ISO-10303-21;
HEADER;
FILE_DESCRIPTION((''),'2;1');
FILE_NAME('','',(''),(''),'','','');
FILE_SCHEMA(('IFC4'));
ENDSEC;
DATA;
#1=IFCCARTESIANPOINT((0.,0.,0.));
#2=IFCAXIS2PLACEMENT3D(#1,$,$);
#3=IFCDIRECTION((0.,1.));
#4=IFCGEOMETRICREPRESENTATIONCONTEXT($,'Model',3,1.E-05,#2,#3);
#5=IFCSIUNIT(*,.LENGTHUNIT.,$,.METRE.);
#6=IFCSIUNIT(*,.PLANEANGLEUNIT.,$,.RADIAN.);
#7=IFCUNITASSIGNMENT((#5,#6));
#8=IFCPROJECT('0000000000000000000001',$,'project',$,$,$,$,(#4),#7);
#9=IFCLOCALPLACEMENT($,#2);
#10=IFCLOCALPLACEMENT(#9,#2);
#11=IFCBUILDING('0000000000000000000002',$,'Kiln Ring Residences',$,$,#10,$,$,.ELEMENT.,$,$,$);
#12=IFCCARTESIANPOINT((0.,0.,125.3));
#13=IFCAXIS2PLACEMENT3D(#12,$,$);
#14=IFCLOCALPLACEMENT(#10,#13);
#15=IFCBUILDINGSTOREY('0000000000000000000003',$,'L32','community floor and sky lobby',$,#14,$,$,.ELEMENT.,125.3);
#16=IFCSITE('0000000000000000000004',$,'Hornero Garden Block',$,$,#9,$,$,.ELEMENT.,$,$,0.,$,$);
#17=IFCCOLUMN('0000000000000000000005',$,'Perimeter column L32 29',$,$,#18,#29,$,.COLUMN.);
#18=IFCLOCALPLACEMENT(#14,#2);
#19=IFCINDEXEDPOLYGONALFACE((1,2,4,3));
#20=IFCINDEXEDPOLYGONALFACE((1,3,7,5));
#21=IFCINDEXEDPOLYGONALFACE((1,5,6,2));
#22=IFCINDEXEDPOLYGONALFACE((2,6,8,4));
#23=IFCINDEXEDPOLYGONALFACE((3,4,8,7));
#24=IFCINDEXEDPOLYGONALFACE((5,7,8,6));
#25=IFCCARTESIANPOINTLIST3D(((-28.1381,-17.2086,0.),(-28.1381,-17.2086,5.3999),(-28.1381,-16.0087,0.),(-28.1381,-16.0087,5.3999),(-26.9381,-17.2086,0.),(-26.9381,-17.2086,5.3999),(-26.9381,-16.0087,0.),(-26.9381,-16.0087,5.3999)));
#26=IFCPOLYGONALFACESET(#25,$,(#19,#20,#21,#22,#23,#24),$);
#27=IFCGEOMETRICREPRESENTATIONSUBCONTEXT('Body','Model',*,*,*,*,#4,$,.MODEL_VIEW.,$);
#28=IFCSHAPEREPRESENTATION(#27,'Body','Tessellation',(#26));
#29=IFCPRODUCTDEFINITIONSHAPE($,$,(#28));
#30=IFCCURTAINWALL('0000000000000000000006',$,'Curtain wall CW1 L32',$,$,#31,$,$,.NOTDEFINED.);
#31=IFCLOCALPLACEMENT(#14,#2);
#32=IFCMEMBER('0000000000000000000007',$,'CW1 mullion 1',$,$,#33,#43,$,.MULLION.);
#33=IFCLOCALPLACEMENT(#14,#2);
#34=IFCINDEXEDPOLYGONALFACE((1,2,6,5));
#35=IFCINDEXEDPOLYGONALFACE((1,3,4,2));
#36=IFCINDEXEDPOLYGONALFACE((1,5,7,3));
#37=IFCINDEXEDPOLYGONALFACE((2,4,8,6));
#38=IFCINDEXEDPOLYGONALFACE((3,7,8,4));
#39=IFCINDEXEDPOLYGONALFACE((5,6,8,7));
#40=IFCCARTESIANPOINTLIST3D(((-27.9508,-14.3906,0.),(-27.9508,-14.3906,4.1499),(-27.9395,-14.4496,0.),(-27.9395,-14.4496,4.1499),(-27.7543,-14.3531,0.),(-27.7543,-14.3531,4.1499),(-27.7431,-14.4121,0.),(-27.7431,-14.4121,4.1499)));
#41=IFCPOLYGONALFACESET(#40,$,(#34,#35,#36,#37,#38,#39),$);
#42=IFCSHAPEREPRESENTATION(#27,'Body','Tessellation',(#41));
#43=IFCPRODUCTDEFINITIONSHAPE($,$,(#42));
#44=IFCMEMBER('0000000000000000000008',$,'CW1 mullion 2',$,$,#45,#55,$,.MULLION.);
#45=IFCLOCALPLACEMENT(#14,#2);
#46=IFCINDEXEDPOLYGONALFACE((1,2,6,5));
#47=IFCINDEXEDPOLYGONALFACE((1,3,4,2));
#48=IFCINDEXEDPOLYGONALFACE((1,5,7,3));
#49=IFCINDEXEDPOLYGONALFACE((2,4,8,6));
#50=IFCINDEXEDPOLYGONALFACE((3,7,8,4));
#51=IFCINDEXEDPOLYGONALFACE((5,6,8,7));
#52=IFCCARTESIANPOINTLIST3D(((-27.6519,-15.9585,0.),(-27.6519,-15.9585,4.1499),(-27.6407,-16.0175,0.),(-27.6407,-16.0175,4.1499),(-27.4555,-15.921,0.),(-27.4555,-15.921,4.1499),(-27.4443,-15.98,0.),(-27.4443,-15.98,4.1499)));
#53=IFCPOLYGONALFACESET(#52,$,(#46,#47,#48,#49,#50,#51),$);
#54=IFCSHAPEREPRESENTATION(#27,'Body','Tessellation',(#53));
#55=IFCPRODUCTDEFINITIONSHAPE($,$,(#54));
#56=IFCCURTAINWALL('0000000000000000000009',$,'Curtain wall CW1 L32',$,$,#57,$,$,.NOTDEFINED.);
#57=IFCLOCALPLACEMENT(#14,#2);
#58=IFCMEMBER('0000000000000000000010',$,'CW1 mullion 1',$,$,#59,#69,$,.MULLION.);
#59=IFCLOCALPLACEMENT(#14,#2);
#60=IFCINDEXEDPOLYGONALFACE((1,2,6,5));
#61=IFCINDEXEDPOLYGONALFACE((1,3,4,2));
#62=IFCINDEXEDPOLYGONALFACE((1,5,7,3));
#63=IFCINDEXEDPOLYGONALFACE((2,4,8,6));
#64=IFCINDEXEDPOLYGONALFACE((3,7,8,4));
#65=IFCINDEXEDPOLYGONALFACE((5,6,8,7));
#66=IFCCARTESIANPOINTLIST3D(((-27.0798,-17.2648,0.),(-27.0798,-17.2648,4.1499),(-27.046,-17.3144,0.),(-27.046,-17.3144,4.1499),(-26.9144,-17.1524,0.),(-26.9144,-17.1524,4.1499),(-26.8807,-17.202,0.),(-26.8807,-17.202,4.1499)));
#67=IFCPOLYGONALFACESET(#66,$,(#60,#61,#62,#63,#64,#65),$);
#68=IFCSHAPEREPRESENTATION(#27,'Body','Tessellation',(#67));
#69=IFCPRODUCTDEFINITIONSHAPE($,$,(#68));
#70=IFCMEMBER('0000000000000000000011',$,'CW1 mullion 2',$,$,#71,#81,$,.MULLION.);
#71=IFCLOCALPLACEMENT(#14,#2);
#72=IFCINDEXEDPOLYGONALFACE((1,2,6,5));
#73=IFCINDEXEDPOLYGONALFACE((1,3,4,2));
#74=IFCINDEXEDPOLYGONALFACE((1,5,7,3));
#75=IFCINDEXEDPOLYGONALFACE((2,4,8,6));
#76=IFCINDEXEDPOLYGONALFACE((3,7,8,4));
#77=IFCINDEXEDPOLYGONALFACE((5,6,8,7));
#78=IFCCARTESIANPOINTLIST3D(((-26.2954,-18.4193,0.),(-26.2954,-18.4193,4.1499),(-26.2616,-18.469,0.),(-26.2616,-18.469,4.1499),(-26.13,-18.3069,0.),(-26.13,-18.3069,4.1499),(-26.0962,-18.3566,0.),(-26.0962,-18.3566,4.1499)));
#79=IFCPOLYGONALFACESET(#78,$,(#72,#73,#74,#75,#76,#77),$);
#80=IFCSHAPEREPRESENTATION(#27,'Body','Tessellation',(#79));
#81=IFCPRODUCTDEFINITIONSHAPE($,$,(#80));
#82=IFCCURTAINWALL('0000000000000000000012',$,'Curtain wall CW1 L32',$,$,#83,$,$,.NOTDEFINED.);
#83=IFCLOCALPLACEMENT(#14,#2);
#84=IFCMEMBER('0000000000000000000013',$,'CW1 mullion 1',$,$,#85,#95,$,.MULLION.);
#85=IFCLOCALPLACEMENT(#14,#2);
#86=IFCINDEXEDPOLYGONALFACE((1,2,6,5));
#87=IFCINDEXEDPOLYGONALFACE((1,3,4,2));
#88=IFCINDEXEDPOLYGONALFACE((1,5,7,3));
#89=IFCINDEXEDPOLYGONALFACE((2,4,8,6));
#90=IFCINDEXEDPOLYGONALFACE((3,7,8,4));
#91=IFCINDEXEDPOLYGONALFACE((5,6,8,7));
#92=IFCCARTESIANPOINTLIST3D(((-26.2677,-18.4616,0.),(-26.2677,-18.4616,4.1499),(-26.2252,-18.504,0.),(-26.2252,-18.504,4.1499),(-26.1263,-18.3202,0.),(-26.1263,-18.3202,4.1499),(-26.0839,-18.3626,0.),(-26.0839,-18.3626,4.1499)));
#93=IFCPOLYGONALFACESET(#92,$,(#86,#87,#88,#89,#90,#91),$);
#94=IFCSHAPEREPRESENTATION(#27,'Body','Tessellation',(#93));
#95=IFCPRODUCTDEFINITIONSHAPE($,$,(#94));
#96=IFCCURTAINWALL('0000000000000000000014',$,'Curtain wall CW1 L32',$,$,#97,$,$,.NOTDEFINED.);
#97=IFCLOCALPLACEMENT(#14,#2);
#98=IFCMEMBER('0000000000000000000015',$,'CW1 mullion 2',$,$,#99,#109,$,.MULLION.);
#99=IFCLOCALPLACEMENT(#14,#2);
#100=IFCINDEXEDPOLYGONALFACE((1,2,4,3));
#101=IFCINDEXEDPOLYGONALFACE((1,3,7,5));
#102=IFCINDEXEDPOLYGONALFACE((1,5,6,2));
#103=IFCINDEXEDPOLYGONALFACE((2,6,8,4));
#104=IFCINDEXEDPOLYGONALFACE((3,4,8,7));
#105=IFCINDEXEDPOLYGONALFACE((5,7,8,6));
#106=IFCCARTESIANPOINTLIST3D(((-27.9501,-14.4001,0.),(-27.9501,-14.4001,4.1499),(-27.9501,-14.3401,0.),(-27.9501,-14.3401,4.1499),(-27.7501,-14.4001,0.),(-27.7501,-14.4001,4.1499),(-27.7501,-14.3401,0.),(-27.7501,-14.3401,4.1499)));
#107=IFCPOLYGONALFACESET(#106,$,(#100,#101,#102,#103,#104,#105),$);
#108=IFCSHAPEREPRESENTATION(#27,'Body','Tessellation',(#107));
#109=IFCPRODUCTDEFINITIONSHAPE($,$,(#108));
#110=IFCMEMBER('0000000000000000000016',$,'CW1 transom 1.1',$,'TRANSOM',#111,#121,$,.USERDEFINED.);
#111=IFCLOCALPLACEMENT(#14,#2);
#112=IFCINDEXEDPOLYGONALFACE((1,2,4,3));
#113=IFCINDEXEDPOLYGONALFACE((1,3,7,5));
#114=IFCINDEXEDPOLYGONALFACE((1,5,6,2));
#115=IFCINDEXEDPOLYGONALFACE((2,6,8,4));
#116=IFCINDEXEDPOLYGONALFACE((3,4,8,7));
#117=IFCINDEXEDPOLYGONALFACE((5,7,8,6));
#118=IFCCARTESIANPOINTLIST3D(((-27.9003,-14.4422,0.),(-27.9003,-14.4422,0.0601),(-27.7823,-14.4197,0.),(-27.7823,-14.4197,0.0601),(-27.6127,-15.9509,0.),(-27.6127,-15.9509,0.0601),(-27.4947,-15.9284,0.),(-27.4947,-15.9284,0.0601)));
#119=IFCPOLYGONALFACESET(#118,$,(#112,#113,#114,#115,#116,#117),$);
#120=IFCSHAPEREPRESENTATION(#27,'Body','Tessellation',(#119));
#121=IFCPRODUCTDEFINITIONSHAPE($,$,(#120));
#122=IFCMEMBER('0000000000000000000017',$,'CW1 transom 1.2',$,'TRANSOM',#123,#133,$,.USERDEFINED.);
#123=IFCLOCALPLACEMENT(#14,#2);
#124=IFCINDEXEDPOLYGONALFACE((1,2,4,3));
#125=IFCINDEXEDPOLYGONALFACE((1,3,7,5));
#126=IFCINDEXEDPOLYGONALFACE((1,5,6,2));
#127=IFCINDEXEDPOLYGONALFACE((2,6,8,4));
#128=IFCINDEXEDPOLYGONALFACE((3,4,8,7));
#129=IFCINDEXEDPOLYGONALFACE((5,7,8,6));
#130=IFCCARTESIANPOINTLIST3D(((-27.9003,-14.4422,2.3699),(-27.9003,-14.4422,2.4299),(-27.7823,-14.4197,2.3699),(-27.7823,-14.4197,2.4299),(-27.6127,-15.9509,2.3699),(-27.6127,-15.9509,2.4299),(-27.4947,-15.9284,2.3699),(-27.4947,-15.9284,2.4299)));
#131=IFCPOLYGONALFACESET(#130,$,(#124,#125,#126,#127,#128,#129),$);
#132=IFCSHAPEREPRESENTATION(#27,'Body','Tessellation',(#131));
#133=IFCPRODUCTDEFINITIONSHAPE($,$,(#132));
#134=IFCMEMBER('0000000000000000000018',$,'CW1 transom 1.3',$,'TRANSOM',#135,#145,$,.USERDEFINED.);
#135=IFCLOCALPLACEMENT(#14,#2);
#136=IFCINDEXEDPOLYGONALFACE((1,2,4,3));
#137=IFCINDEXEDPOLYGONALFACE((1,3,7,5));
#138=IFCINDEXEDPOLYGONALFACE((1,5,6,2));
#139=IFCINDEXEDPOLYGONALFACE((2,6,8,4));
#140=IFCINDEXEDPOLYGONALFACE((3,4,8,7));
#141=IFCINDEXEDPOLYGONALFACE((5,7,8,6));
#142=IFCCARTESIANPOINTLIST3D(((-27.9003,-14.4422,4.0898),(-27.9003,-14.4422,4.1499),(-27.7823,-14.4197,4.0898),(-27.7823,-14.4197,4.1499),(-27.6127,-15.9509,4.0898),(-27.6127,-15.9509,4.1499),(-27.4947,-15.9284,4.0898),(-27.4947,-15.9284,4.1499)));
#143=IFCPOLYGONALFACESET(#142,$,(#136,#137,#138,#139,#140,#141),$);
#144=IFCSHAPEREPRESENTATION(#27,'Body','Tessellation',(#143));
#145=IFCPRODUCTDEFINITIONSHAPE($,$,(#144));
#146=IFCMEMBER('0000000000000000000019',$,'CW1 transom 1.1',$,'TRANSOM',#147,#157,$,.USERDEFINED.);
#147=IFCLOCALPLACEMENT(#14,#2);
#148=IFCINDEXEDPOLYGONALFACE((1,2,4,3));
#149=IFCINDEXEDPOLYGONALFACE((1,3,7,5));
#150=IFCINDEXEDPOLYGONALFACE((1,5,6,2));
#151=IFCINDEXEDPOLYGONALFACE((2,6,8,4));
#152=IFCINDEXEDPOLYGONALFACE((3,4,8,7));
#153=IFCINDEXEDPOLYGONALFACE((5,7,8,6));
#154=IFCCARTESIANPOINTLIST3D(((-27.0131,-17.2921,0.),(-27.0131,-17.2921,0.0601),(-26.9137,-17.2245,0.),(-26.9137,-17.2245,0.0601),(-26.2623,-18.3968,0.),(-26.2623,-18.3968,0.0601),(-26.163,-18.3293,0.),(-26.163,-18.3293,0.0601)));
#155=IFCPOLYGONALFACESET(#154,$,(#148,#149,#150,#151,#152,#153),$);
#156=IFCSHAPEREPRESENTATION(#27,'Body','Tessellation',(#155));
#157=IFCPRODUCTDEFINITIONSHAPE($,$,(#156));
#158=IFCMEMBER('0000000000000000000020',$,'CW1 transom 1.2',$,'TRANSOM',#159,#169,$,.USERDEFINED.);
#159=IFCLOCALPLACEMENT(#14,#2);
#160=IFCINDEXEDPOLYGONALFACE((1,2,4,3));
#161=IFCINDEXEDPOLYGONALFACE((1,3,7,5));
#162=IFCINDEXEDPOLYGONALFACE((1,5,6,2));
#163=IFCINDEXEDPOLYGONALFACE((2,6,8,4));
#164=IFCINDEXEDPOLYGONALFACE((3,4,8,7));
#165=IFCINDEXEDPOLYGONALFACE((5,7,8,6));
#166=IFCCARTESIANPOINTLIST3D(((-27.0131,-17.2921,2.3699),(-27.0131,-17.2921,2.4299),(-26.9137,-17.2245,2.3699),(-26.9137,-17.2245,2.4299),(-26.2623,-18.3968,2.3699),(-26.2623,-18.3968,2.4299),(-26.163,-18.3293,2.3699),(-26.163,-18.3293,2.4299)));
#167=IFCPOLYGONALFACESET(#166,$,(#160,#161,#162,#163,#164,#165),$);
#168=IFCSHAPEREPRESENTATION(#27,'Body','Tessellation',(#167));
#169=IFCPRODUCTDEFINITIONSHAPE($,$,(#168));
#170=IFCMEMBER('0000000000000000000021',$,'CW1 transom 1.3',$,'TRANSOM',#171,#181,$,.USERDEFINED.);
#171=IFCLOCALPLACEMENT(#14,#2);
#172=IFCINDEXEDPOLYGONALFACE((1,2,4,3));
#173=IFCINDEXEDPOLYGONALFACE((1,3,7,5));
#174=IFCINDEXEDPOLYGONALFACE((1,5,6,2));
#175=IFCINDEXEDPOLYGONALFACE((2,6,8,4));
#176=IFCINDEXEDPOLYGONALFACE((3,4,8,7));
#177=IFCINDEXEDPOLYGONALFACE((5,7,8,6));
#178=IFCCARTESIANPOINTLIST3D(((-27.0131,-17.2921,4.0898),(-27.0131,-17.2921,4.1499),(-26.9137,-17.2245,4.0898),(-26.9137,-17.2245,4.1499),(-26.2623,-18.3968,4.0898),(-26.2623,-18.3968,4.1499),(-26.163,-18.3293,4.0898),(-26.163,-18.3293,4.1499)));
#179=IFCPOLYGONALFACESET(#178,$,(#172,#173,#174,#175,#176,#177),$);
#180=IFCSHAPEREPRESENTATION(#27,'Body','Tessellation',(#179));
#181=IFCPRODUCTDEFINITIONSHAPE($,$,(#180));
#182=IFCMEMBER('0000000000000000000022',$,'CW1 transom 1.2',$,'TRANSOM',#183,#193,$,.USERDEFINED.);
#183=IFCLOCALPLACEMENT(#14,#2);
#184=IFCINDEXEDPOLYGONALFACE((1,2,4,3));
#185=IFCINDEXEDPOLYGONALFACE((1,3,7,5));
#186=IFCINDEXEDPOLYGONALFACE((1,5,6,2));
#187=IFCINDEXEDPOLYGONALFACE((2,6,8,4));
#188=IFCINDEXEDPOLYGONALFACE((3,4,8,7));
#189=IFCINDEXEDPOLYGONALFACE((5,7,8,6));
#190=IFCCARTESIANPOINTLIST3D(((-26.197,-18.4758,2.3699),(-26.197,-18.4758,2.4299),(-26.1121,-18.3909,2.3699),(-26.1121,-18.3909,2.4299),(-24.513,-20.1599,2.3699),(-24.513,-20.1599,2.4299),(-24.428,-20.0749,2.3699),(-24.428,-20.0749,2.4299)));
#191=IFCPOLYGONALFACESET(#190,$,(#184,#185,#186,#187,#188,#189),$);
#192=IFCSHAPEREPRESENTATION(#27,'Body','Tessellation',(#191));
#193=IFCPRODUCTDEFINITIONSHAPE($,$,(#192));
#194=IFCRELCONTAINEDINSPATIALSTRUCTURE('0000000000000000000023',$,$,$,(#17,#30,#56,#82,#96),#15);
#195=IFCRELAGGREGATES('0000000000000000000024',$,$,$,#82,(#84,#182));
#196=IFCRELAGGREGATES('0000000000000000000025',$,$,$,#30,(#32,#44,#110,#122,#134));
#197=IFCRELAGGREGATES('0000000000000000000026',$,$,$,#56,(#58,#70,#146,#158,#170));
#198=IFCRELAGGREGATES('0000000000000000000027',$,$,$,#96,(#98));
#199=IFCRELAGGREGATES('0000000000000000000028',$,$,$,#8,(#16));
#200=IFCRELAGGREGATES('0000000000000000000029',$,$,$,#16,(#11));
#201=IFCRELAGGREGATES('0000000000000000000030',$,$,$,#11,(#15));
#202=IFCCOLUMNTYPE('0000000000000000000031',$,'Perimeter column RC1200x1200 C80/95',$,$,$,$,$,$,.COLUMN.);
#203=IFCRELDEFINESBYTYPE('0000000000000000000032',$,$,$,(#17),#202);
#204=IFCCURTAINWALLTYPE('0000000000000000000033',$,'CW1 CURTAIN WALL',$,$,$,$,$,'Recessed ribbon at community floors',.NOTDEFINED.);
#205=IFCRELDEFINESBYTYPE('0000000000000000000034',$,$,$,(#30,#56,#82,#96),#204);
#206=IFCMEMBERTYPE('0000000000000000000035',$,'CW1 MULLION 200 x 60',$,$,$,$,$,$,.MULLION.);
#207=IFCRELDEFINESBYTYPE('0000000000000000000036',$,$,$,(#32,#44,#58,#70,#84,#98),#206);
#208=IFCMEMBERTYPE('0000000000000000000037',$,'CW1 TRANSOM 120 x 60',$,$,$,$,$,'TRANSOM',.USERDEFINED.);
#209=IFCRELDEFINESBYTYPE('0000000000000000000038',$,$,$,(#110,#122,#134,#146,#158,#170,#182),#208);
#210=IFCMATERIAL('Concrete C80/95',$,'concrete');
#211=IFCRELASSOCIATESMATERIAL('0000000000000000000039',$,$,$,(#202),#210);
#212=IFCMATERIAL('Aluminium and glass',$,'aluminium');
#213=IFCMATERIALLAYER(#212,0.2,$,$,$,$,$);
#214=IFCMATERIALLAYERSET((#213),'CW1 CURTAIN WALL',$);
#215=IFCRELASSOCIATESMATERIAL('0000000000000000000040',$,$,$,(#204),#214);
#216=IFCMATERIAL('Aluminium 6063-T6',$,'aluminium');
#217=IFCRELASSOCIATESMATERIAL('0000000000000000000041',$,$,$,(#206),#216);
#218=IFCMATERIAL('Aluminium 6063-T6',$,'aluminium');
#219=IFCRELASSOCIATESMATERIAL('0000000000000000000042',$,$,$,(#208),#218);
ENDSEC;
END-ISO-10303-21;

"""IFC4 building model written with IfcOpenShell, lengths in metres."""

from ifc_helpers import new_model, si_unit, direction, frame, origin, origin_2d, place, context, subcontext, project, spatial, rectangle, extrude, material, layer, layer_set, material_profile, profile_set, type_object, element, aggregate, save


model = new_model("IFC4")

# Units and contexts
model_context = context("Model", 3, precision=1e-05, world=origin(), true_north=direction((0.0, 1.0)))
body_context = subcontext(model_context, "Body", "Model", "MODEL_VIEW")
ifc_project = project(units=[si_unit("LENGTHUNIT", "METRE"), si_unit("PLANEANGLEUNIT", "RADIAN")], contexts=[model_context])

# Site, building, storey
site_placement = place(None, origin())
site = spatial("IfcSite", under=ifc_project, at=site_placement, Name="Hornero Garden Block", CompositionType="ELEMENT", RefElevation=0.0)
building_placement = place(site_placement, origin())
building = spatial("IfcBuilding", under=site, at=building_placement, Name="Kiln Ring Residences", CompositionType="ELEMENT")
storey_placement = place(building_placement, frame((0.0, 0.0, 125.3)))
storey = spatial("IfcBuildingStorey", under=building, at=storey_placement, Name="L32", Description="community floor and sky lobby", CompositionType="ELEMENT", Elevation=125.3)

# Column
ifc_material_1 = material(Name="Concrete C80/95", Category="concrete")
ifc_material_profile_1 = material_profile(ifc_material_1, rectangle(XDim=1.2, YDim=1.2, at=origin_2d()), Name="RC1200x1200")
ifc_profile_set_1 = profile_set([ifc_material_profile_1], Name="Concrete C80/95")
column_type = type_object("IfcColumnType", Name="Perimeter column RC1200x1200 C80/95", PredefinedType="COLUMN", material=ifc_profile_set_1)
column_placement = place(storey_placement, frame((-27.5381, -16.6086, 0.0), z_axis=(0.0, 0.0, 1.0), x_axis=(1.0, 0.0, 0.0)))
element("IfcColumn", 1, at=column_placement, inside=storey, type_object=column_type, Name="Perimeter column L32 29", PredefinedType="COLUMN", context=body_context, shape_type="SweptSolid", body=[
    extrude(rectangle(XDim=1.2, YDim=1.2, at=origin_2d()), origin(), (0.0, 0.0, 1.0), 5.3999),
])

# Curtain walls, members
ifc_material_2 = material(Name="Aluminium and glass", Category="aluminium")
ifc_layer_1 = layer(ifc_material_2, 0.2)
ifc_layer_set_1 = layer_set([ifc_layer_1], Name="CW1 CURTAIN WALL")
curtain_wall_type = type_object("IfcCurtainWallType", Name="CW1 CURTAIN WALL", ElementType="Recessed ribbon at community floors", PredefinedType="NOTDEFINED", material=ifc_layer_set_1)
placement = place(storey_placement, origin())
curtain_wall_1 = element("IfcCurtainWall", 2, at=placement, inside=storey, type_object=curtain_wall_type, Name="Curtain wall CW1 L32", PredefinedType="NOTDEFINED")
ifc_material_3 = material(Name="Aluminium 6063-T6", Category="aluminium")
ifc_material_profile_2 = material_profile(ifc_material_3, rectangle(XDim=0.2, YDim=0.0601, at=origin_2d()), Name="AL 200x60")
ifc_profile_set_2 = profile_set([ifc_material_profile_2], Name="Aluminium 6063-T6")
member_type_1 = type_object("IfcMemberType", Name="CW1 MULLION 200 x 60", PredefinedType="MULLION", material=ifc_profile_set_2)
member_1_placement = place(storey_placement, frame((-27.8469, -14.4014, 0.0), z_axis=(0.0, 0.0, 1.0), x_axis=(0.98229, 0.187366, 0.0)))
member_1 = element("IfcMember", 3, at=member_1_placement, type_object=member_type_1, Name="CW1 mullion 1", PredefinedType="MULLION", context=body_context, shape_type="SweptSolid", body=[
    extrude(rectangle(XDim=0.2, YDim=0.0601, at=origin_2d()), origin(), (0.0, 0.0, 1.0), 4.1499),
])
member_2_placement = place(storey_placement, frame((-27.5481, -15.9692, 0.0), z_axis=(0.0, 0.0, 1.0), x_axis=(0.98229, 0.187366, 0.0)))
member_2 = element("IfcMember", 4, at=member_2_placement, type_object=member_type_1, Name="CW1 mullion 2", PredefinedType="MULLION", context=body_context, shape_type="SweptSolid", body=[
    extrude(rectangle(XDim=0.2, YDim=0.0601, at=origin_2d()), origin(), (0.0, 0.0, 1.0), 4.1499),
])
curtain_wall_2 = element("IfcCurtainWall", 5, at=placement, inside=storey, type_object=curtain_wall_type, Name="Curtain wall CW1 L32", PredefinedType="NOTDEFINED")
member_3_placement = place(storey_placement, frame((-26.9802, -17.2334, 0.0), z_axis=(0.0, 0.0, 1.0), x_axis=(0.827072, 0.562097, 0.0)))
member_3 = element("IfcMember", 6, at=member_3_placement, type_object=member_type_1, Name="CW1 mullion 1", PredefinedType="MULLION", context=body_context, shape_type="SweptSolid", body=[
    extrude(rectangle(XDim=0.2, YDim=0.0601, at=origin_2d()), origin(), (0.0, 0.0, 1.0), 4.1499),
])
member_4_placement = place(storey_placement, frame((-26.1958, -18.3879, 0.0), z_axis=(0.0, 0.0, 1.0), x_axis=(0.827072, 0.562097, 0.0)))
member_4 = element("IfcMember", 7, at=member_4_placement, type_object=member_type_1, Name="CW1 mullion 2", PredefinedType="MULLION", context=body_context, shape_type="SweptSolid", body=[
    extrude(rectangle(XDim=0.2, YDim=0.0601, at=origin_2d()), origin(), (0.0, 0.0, 1.0), 4.1499),
])

# Curtain walls, members
curtain_wall_3 = element("IfcCurtainWall", 8, at=placement, inside=storey, type_object=curtain_wall_type, Name="Curtain wall CW1 L32", PredefinedType="NOTDEFINED")
member_5_placement = place(storey_placement, frame((-26.1758, -18.4121, 0.0), z_axis=(0.0, 0.0, 1.0), x_axis=(0.707107, 0.707107, 0.0)))
member_5 = element("IfcMember", 9, at=member_5_placement, type_object=member_type_1, Name="CW1 mullion 1", PredefinedType="MULLION", context=body_context, shape_type="SweptSolid", body=[
    extrude(rectangle(XDim=0.2, YDim=0.0601, at=origin_2d()), origin(), (0.0, 0.0, 1.0), 4.1499),
])
curtain_wall_4 = element("IfcCurtainWall", 10, at=placement, inside=storey, type_object=curtain_wall_type, Name="Curtain wall CW1 L32", PredefinedType="NOTDEFINED")
member_6_placement = place(storey_placement, frame((-27.8501, -14.3701, 0.0), z_axis=(0.0, 0.0, 1.0), x_axis=(1.0, 0.0, 0.0)))
member_6 = element("IfcMember", 11, at=member_6_placement, type_object=member_type_1, Name="CW1 mullion 2", PredefinedType="MULLION", context=body_context, shape_type="SweptSolid", body=[
    extrude(rectangle(XDim=0.2, YDim=0.0601, at=origin_2d()), origin(), (0.0, 0.0, 1.0), 4.1499),
])

# Members
ifc_material_4 = material(Name="Aluminium 6063-T6", Category="aluminium")
ifc_material_profile_3 = material_profile(ifc_material_4, rectangle(XDim=0.1201, YDim=0.0601, at=origin_2d()), Name="AL 120x60")
ifc_profile_set_3 = profile_set([ifc_material_profile_3], Name="Aluminium 6063-T6")
member_type_2 = type_object("IfcMemberType", Name="CW1 TRANSOM 120 x 60", ElementType="TRANSOM", PredefinedType="USERDEFINED", material=ifc_profile_set_3)
member_7_placement = place(storey_placement, frame((-27.8413, -14.4309, 0.03), z_axis=(0.187244, -0.982314, 0.0), x_axis=(0.982314, 0.187244, 0.0)))
member_7 = element("IfcMember", 12, at=member_7_placement, type_object=member_type_2, Name="CW1 transom 1.1", ObjectType="TRANSOM", PredefinedType="USERDEFINED", context=body_context, shape_type="SweptSolid", body=[
    extrude(rectangle(XDim=0.1201, YDim=0.0601, at=origin_2d()), origin(), (0.0, 0.0, 1.0), 1.5359),
])
member_8_placement = place(storey_placement, frame((-27.8413, -14.4309, 2.3999), z_axis=(0.187244, -0.982314, 0.0), x_axis=(0.982314, 0.187244, 0.0)))
member_8 = element("IfcMember", 13, at=member_8_placement, type_object=member_type_2, Name="CW1 transom 1.2", ObjectType="TRANSOM", PredefinedType="USERDEFINED", context=body_context, shape_type="SweptSolid", body=[
    extrude(rectangle(XDim=0.1201, YDim=0.0601, at=origin_2d()), origin(), (0.0, 0.0, 1.0), 1.5359),
])
member_9_placement = place(storey_placement, frame((-27.8413, -14.4309, 4.1199), z_axis=(0.187244, -0.982314, 0.0), x_axis=(0.982314, 0.187244, 0.0)))
member_9 = element("IfcMember", 14, at=member_9_placement, type_object=member_type_2, Name="CW1 transom 1.3", ObjectType="TRANSOM", PredefinedType="USERDEFINED", context=body_context, shape_type="SweptSolid", body=[
    extrude(rectangle(XDim=0.1201, YDim=0.0601, at=origin_2d()), origin(), (0.0, 0.0, 1.0), 1.5359),
])
member_10_placement = place(storey_placement, frame((-26.9634, -17.2583, 0.03), z_axis=(0.56206, -0.827096, 0.0), x_axis=(0.827096, 0.56206, 0.0)))
member_10 = element("IfcMember", 15, at=member_10_placement, type_object=member_type_2, Name="CW1 transom 1.1", ObjectType="TRANSOM", PredefinedType="USERDEFINED", context=body_context, shape_type="SweptSolid", body=[
    extrude(rectangle(XDim=0.1201, YDim=0.0601, at=origin_2d()), origin(), (0.0, 0.0, 1.0), 1.3357),
])
member_11_placement = place(storey_placement, frame((-26.9634, -17.2583, 2.3999), z_axis=(0.56206, -0.827096, 0.0), x_axis=(0.827096, 0.56206, 0.0)))
member_11 = element("IfcMember", 16, at=member_11_placement, type_object=member_type_2, Name="CW1 transom 1.2", ObjectType="TRANSOM", PredefinedType="USERDEFINED", context=body_context, shape_type="SweptSolid", body=[
    extrude(rectangle(XDim=0.1201, YDim=0.0601, at=origin_2d()), origin(), (0.0, 0.0, 1.0), 1.3357),
])
member_12_placement = place(storey_placement, frame((-26.9634, -17.2583, 4.1199), z_axis=(0.56206, -0.827096, 0.0), x_axis=(0.827096, 0.56206, 0.0)))
member_12 = element("IfcMember", 17, at=member_12_placement, type_object=member_type_2, Name="CW1 transom 1.3", ObjectType="TRANSOM", PredefinedType="USERDEFINED", context=body_context, shape_type="SweptSolid", body=[
    extrude(rectangle(XDim=0.1201, YDim=0.0601, at=origin_2d()), origin(), (0.0, 0.0, 1.0), 1.3357),
])
member_13_placement = place(storey_placement, frame((-26.1545, -18.4333, 2.3999), z_axis=(0.707107, -0.707107, 0.0), x_axis=(0.707107, 0.707107, 0.0)))
member_13 = element("IfcMember", 18, at=member_13_placement, type_object=member_type_2, Name="CW1 transom 1.2", ObjectType="TRANSOM", PredefinedType="USERDEFINED", context=body_context, shape_type="SweptSolid", body=[
    extrude(rectangle(XDim=0.1201, YDim=0.0601, at=origin_2d()), origin(), (0.0, 0.0, 1.0), 2.3816),
])
aggregate(curtain_wall_3, [member_5, member_13])

aggregate(curtain_wall_1, [member_1, member_2, member_7, member_8, member_9])
aggregate(curtain_wall_2, [member_3, member_4, member_10, member_11, member_12])
aggregate(curtain_wall_4, [member_6])

save(model, "model.ifc")
